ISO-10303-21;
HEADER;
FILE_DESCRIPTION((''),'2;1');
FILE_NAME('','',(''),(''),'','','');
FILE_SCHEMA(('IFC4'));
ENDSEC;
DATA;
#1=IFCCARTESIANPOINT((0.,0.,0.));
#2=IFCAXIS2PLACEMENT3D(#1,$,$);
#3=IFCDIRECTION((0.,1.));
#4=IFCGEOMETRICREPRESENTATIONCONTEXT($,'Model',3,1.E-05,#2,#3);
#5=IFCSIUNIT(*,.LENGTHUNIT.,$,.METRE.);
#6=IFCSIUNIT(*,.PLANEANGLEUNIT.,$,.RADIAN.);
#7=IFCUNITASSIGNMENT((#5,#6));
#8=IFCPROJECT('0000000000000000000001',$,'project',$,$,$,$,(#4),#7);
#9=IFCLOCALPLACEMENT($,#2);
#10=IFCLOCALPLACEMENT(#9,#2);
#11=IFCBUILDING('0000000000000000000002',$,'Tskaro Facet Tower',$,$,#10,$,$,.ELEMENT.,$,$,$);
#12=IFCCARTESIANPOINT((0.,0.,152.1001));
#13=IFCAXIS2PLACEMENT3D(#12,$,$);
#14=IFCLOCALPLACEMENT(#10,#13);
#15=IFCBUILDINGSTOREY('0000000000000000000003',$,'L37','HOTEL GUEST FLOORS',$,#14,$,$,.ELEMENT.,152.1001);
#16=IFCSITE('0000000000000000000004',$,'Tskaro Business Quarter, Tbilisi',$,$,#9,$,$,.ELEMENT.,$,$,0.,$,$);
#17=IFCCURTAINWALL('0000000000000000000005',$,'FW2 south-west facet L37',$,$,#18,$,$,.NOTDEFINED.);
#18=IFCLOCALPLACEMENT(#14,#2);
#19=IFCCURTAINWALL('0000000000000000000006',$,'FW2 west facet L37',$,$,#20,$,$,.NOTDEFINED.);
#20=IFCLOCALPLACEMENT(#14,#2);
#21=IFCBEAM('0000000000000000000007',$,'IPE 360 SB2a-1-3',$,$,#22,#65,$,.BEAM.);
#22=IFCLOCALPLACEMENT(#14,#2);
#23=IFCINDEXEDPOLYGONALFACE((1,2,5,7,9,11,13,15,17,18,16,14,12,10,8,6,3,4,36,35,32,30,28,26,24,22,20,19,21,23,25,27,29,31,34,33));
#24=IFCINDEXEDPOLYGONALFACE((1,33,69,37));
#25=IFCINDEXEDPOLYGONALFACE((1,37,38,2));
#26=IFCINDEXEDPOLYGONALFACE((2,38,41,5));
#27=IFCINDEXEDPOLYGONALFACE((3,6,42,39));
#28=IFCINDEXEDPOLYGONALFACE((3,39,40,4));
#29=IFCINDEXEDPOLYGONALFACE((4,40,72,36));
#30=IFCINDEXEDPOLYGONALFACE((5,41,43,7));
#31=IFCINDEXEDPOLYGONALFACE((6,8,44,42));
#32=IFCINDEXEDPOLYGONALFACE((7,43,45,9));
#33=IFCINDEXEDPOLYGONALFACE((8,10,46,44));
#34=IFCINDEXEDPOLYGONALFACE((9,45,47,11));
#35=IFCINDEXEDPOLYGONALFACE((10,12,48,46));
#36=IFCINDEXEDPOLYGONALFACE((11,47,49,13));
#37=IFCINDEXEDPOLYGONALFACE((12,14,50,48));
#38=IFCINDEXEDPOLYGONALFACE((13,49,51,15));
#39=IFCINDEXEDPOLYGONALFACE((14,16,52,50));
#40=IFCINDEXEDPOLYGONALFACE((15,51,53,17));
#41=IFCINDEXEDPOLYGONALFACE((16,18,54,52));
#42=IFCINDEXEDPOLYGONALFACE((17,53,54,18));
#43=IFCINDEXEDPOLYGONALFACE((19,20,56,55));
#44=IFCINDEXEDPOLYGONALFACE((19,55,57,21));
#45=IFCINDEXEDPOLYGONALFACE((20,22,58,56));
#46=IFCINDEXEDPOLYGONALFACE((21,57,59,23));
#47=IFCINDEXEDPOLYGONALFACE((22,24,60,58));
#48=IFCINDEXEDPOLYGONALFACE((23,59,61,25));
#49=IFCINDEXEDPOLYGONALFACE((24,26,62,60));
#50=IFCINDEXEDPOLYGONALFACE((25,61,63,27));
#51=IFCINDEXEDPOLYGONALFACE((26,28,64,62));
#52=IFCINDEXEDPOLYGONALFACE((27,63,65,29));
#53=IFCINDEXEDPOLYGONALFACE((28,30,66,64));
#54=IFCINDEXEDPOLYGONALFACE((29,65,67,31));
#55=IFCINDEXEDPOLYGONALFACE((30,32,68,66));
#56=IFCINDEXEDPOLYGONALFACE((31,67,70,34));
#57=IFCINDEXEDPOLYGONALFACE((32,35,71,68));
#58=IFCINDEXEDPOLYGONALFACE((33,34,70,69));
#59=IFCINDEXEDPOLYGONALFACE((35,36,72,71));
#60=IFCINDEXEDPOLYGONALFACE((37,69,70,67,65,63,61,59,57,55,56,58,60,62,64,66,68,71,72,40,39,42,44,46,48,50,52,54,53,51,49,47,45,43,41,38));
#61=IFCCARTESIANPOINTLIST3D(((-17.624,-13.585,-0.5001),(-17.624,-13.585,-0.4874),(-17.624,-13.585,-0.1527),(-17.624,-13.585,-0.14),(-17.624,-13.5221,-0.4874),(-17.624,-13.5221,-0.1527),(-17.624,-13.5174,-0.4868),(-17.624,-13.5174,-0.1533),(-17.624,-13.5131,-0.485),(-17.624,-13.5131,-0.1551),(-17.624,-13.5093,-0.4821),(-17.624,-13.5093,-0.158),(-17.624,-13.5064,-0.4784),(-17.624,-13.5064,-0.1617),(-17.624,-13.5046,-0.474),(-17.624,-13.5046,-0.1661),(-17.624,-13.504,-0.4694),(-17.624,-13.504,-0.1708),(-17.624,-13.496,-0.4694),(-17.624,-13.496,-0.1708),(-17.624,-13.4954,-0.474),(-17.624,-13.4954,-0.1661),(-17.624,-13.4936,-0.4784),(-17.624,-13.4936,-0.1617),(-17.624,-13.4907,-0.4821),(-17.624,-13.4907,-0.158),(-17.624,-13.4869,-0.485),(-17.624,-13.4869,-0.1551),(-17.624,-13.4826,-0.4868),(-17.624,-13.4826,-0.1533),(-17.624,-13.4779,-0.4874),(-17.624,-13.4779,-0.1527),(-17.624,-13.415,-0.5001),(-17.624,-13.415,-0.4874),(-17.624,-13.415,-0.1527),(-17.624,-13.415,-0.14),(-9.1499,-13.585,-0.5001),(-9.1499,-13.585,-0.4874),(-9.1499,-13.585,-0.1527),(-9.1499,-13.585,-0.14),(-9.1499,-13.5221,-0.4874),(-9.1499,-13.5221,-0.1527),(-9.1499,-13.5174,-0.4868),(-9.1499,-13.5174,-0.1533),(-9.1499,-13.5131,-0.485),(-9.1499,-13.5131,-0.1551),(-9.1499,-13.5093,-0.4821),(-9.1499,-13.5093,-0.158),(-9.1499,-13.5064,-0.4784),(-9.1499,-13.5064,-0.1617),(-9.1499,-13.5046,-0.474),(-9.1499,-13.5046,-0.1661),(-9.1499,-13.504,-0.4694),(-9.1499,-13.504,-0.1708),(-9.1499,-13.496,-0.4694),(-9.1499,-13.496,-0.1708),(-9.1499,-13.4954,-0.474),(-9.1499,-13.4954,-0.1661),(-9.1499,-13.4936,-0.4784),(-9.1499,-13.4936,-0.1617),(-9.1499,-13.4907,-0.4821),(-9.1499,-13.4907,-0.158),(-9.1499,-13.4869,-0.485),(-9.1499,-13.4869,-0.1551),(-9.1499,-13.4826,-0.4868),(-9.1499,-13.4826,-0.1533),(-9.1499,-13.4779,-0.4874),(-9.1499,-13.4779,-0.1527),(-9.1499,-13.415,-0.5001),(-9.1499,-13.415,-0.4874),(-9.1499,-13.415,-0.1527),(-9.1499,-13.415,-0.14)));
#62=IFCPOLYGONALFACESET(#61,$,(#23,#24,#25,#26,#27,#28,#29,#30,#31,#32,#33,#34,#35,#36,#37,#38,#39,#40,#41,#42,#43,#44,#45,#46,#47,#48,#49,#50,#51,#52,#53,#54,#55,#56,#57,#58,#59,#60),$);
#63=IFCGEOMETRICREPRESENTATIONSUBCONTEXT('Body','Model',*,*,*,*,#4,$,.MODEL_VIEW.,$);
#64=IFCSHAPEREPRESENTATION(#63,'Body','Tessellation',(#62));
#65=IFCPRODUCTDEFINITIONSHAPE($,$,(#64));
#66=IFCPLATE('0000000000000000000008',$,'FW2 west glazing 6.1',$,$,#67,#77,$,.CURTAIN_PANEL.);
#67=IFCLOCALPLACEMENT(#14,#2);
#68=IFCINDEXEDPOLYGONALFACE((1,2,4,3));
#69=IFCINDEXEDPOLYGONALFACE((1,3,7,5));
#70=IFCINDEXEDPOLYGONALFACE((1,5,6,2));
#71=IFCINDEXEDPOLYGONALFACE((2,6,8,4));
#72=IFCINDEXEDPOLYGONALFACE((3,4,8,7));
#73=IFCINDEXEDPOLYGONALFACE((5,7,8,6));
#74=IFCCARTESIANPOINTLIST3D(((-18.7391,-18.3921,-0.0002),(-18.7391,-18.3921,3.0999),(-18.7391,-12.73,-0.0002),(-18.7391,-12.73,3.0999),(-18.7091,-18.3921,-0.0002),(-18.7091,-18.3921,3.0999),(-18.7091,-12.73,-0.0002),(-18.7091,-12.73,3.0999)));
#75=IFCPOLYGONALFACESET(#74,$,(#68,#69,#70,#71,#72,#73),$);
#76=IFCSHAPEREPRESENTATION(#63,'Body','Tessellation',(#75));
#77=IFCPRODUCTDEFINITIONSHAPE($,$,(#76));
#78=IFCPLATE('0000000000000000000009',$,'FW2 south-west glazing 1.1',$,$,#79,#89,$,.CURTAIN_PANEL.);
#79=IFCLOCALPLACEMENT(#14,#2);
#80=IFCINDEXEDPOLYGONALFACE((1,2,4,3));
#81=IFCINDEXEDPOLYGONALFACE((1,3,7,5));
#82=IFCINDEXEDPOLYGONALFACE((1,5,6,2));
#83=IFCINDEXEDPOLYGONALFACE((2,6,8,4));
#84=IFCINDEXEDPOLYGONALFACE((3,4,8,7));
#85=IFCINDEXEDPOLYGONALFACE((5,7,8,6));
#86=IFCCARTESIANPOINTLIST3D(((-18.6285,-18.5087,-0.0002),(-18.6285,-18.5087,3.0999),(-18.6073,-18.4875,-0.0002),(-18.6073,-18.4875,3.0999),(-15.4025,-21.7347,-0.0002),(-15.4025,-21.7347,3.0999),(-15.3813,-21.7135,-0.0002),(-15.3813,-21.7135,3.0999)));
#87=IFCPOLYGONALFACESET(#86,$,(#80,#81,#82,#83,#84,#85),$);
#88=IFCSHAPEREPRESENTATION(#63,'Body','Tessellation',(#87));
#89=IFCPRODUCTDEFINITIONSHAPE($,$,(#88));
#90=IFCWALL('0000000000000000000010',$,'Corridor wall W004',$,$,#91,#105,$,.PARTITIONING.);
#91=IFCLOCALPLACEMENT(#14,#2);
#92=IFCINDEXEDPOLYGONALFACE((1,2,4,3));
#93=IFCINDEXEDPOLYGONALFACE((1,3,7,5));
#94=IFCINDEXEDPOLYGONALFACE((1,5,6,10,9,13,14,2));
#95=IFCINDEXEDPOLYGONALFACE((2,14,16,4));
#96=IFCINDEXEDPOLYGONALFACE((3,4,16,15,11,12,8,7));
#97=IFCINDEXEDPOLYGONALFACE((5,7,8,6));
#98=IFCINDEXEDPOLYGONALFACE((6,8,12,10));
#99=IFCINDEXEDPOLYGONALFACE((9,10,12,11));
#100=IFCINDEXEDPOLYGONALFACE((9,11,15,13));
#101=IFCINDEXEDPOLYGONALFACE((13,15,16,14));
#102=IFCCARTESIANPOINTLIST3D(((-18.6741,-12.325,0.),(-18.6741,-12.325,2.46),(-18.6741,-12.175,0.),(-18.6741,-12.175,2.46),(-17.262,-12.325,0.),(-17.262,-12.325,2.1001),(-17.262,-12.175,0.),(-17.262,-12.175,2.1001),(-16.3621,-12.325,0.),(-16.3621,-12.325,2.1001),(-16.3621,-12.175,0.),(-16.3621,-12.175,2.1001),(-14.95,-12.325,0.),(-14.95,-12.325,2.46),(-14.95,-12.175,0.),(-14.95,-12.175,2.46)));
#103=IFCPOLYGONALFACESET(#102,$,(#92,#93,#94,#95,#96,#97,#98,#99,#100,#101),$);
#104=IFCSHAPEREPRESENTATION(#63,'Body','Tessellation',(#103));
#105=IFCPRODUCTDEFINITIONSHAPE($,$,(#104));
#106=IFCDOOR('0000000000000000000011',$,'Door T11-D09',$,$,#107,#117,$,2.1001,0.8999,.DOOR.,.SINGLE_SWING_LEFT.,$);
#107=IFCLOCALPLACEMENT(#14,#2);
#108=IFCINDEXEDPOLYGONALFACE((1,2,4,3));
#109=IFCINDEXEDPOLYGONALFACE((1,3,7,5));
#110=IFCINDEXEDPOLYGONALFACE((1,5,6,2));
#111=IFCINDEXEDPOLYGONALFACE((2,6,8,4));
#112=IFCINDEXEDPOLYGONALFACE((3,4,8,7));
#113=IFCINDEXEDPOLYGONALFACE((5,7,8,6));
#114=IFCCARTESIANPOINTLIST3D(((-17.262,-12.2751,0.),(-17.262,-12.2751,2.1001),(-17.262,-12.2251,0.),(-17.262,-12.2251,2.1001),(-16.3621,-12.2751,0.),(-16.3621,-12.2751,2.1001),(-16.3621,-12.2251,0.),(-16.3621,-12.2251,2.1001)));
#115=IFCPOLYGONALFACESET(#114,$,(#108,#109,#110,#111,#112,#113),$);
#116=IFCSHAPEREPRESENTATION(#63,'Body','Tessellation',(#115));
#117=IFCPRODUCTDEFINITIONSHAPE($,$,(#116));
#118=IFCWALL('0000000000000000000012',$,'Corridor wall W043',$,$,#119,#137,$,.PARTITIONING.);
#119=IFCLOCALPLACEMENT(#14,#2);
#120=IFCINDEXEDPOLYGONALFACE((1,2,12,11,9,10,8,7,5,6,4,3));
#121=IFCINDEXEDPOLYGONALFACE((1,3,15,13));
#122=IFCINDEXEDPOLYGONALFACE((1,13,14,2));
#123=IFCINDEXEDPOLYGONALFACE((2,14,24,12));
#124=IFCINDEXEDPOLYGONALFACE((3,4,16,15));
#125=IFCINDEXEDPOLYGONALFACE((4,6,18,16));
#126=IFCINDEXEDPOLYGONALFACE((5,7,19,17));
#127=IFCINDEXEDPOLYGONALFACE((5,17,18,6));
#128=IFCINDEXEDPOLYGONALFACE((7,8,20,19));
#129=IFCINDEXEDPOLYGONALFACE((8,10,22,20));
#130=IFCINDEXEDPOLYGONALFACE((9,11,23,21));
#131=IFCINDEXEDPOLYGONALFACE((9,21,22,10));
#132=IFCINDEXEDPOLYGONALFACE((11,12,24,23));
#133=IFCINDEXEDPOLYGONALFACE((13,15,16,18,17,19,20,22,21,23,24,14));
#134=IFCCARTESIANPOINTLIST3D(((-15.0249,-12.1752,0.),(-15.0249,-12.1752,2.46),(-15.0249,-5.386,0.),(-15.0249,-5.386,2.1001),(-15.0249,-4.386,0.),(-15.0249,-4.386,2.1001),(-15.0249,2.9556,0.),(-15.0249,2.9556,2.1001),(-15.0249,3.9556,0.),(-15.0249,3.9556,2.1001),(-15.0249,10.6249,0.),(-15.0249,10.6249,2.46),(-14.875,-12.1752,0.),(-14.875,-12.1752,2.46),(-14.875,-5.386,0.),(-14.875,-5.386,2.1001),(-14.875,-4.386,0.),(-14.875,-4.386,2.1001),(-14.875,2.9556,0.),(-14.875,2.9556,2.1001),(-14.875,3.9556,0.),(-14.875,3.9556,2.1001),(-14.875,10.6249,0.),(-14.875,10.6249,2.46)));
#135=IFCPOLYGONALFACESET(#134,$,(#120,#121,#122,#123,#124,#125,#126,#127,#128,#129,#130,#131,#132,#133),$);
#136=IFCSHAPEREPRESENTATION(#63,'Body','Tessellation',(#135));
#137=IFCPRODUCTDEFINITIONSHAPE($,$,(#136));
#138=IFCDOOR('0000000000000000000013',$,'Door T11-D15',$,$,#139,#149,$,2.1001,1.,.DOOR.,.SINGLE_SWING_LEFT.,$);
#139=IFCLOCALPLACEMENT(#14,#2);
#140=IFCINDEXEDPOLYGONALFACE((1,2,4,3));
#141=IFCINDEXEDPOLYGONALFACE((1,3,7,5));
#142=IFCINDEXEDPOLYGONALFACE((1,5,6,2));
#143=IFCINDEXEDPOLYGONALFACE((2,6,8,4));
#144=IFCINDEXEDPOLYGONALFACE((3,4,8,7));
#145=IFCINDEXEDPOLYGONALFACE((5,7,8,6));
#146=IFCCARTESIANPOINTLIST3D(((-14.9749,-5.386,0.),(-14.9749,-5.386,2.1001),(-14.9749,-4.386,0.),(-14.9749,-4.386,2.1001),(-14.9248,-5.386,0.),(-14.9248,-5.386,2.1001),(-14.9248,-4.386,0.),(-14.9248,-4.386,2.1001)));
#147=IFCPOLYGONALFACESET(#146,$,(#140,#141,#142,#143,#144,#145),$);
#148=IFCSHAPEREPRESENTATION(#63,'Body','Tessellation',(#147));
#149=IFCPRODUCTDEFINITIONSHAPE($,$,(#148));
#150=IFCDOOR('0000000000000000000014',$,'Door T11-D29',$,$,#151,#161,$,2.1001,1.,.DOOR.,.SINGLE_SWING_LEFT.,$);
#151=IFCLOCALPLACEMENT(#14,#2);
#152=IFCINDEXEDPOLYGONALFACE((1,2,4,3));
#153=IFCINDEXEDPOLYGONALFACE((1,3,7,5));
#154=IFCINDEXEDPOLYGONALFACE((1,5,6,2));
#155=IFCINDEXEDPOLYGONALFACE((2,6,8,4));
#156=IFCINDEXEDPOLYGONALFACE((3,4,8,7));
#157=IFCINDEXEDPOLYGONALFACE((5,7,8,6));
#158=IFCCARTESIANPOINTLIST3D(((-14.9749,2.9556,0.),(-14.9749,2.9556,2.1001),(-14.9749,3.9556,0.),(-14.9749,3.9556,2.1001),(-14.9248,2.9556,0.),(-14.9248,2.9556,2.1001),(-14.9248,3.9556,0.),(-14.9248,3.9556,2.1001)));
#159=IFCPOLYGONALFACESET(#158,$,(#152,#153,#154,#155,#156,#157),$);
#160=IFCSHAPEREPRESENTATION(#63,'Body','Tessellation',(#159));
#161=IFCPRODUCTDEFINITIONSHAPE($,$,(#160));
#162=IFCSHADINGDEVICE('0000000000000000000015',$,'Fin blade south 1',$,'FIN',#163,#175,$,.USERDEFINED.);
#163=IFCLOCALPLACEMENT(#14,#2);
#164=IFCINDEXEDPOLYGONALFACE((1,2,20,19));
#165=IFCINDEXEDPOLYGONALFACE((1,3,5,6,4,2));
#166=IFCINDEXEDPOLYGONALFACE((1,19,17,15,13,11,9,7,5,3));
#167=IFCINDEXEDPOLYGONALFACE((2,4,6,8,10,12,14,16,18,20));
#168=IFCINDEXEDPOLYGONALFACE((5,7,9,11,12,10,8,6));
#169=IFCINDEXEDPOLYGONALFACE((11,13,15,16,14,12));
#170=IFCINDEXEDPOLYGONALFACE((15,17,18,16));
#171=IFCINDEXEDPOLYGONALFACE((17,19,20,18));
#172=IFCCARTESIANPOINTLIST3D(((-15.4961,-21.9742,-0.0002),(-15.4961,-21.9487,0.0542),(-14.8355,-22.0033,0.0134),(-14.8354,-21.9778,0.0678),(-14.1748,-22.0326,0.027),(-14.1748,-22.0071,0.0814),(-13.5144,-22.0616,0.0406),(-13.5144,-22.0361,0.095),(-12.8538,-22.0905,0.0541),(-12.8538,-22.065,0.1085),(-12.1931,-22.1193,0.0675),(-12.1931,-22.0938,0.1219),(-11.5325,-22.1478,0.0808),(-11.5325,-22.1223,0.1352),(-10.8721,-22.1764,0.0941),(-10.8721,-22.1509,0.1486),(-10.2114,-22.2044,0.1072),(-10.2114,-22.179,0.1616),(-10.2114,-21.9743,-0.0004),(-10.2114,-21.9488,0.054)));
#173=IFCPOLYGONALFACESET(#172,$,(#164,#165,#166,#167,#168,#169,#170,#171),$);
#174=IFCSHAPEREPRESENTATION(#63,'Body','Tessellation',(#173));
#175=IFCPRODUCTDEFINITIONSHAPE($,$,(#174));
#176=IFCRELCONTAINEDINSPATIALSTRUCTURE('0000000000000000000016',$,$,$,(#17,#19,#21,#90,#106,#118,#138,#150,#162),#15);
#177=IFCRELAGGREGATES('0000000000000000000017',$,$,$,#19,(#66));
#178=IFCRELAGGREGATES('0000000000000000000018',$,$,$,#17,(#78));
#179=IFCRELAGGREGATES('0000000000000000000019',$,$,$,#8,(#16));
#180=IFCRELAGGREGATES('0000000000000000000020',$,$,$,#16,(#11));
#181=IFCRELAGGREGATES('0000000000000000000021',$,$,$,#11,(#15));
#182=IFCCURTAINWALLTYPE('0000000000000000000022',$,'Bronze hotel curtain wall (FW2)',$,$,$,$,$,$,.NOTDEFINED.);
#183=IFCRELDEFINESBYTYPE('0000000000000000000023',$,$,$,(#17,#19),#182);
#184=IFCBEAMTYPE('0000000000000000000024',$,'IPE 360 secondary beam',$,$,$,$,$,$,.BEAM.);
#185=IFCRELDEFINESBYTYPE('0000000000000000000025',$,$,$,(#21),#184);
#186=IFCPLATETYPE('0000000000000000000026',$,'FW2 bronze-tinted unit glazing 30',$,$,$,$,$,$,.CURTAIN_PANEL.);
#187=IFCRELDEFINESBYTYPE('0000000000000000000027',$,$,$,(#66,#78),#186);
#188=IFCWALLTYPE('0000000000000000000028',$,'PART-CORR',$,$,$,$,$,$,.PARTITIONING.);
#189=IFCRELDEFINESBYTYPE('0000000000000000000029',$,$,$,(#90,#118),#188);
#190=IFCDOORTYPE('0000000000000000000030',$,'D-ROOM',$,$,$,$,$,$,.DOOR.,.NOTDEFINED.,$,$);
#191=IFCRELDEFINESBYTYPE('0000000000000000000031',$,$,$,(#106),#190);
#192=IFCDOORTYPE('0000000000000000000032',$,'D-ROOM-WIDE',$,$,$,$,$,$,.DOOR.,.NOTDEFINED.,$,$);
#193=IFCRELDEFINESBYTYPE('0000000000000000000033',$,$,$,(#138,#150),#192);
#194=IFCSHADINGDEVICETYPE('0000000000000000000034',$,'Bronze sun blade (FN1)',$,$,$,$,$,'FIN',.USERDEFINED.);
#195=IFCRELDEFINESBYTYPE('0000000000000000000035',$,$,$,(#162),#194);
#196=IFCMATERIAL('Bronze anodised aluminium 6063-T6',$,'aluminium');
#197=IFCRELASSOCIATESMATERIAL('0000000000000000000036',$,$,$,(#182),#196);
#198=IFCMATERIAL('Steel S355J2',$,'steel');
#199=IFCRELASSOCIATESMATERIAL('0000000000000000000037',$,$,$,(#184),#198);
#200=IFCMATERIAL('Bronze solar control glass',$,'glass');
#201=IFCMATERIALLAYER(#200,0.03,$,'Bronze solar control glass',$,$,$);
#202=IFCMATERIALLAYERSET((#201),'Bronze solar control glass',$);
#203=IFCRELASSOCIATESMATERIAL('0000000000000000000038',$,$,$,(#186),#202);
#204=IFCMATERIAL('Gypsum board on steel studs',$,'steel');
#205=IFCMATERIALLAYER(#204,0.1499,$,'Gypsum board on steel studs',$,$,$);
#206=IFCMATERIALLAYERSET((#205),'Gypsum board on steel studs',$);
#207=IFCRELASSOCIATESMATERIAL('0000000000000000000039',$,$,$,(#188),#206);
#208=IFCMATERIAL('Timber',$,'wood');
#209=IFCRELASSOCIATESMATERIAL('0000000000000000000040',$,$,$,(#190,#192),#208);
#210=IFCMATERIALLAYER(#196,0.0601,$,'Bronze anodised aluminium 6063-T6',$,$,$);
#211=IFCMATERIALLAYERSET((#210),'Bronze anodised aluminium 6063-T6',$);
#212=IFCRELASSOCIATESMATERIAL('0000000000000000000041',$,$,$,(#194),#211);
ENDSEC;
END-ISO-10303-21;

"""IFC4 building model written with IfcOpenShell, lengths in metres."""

from ifc_helpers import new_model, si_unit, direction, frame, frame_2d, origin, origin_2d, place, context, subcontext, project, spatial, polyline, rectangle, i_section, outline, extrude, material, layer, layer_set, material_profile, profile_set, type_object, element, fill, aggregate, save


model = new_model("IFC4")

# Units and contexts
model_context = context("Model", 3, precision=1e-05, world=origin(), true_north=direction((0.0, 1.0)))
body_context = subcontext(model_context, "Body", "Model", "MODEL_VIEW")
ifc_project = project(units=[si_unit("LENGTHUNIT", "METRE"), si_unit("PLANEANGLEUNIT", "RADIAN")], contexts=[model_context])

# Site, building, storey
site_placement = place(None, origin())
site = spatial("IfcSite", under=ifc_project, at=site_placement, Name="Tskaro Business Quarter, Tbilisi", CompositionType="ELEMENT", RefElevation=0.0)
building_placement = place(site_placement, origin())
building = spatial("IfcBuilding", under=site, at=building_placement, Name="Tskaro Facet Tower", CompositionType="ELEMENT")
storey_placement = place(building_placement, frame((0.0, 0.0, 152.1001)))
storey = spatial("IfcBuildingStorey", under=building, at=storey_placement, Name="L37", Description="HOTEL GUEST FLOORS", CompositionType="ELEMENT", Elevation=152.1001)

# Curtain walls
ifc_material_1 = material(Name="Bronze anodised aluminium 6063-T6", Category="aluminium")
curtain_wall_type = type_object("IfcCurtainWallType", Name="Bronze hotel curtain wall (FW2)", PredefinedType="NOTDEFINED", material=ifc_material_1)
curtain_wall_1_placement = place(storey_placement, origin())
curtain_wall_1 = element("IfcCurtainWall", 1, at=curtain_wall_1_placement, inside=storey, type_object=curtain_wall_type, Name="FW2 south-west facet L37", PredefinedType="NOTDEFINED")
curtain_wall_2_placement = place(storey_placement, origin())
curtain_wall_2 = element("IfcCurtainWall", 2, at=curtain_wall_2_placement, inside=storey, type_object=curtain_wall_type, Name="FW2 west facet L37", PredefinedType="NOTDEFINED")

# Beam
ifc_material_2 = material(Name="Steel S355J2", Category="steel")
ifc_material_profile_1 = material_profile(ifc_material_2, i_section(OverallWidth=0.1699, OverallDepth=0.3601, WebThickness=0.0081, FlangeThickness=0.0127, FilletRadius=0.0181, at=origin_2d()), Name="IPE 360")
ifc_profile_set_1 = profile_set([ifc_material_profile_1], Name="Steel S355J2")
beam_type_1 = type_object("IfcBeamType", Name="IPE 360 secondary beam", PredefinedType="BEAM", material=ifc_profile_set_1)
beam_1_placement = place(storey_placement, frame((-17.624, -13.5, -0.3201), z_axis=(1.0, 0.0, 0.0), x_axis=(0.0, 1.0, 0.0)))
element("IfcBeam", 3, at=beam_1_placement, inside=storey, type_object=beam_type_1, Name="IPE 360 SB2a-1-3", PredefinedType="BEAM", context=body_context, shape_type="SweptSolid", body=[
    extrude(i_section(OverallWidth=0.1699, OverallDepth=0.3601, WebThickness=0.0081, FlangeThickness=0.0127, FilletRadius=0.0181, at=origin_2d()), origin(), (0.0, 0.0, 1.0), 8.4741),
])

# Plates
ifc_material_3 = material(Name="Bronze solar control glass", Category="glass")
ifc_layer_1 = layer(ifc_material_3, 0.03, Name="Bronze solar control glass")
ifc_layer_set_1 = layer_set([ifc_layer_1], Name="Bronze solar control glass")
plate_type = type_object("IfcPlateType", Name="FW2 bronze-tinted unit glazing 30", PredefinedType="CURTAIN_PANEL", material=ifc_layer_set_1)
plate_1_placement = place(storey_placement, frame((-18.7241, -15.561, -0.0002), z_axis=(0.0, 0.0, 1.0), x_axis=(0.0, -1.0, 0.0)))
plate_1 = element("IfcPlate", 4, at=plate_1_placement, type_object=plate_type, Name="FW2 west glazing 6.1", PredefinedType="CURTAIN_PANEL", context=body_context, shape_type="SweptSolid", body=[
    extrude(rectangle(XDim=5.6621, YDim=0.03, at=origin_2d()), origin(), (0.0, 0.0, 1.0), 3.1001),
])
aggregate(curtain_wall_2, [plate_1])
plate_2_placement = place(storey_placement, frame((-17.0049, -20.1111, -0.0002), z_axis=(0.0, 0.0, 1.0), x_axis=(0.707107, -0.707107, 0.0)))
plate_2 = element("IfcPlate", 5, at=plate_2_placement, type_object=plate_type, Name="FW2 south-west glazing 1.1", PredefinedType="CURTAIN_PANEL", context=body_context, shape_type="SweptSolid", body=[
    extrude(rectangle(XDim=4.5623, YDim=0.03, at=origin_2d()), origin(), (0.0, 0.0, 1.0), 3.1001),
])
aggregate(curtain_wall_1, [plate_2])

# Wall, opening, door
ifc_material_4 = material(Name="Gypsum board on steel studs", Category="steel")
ifc_layer_2 = layer(ifc_material_4, 0.1499, Name="Gypsum board on steel studs")
ifc_layer_set_2 = layer_set([ifc_layer_2], Name="Gypsum board on steel studs")
wall_type = type_object("IfcWallType", Name="PART-CORR", PredefinedType="PARTITIONING", material=ifc_layer_set_2)
wall_1_placement = place(storey_placement, frame((-18.6741, -12.25, 0.0), z_axis=(0.0, 0.0, 1.0), x_axis=(1.0, 0.0, 0.0)))
wall_1 = element("IfcWall", 6, at=wall_1_placement, inside=storey, type_object=wall_type, Name="Corridor wall W004", PredefinedType="PARTITIONING", context=body_context, shape_type="SweptSolid", body=[
    extrude(rectangle(XDim=3.7241, YDim=0.1499, at=frame_2d((1.8621, 0.0))), origin(), (0.0, 0.0, 1.0), 2.46),
])
opening_1_placement = place(wall_1_placement, frame((1.4121, 0.0, 0.0)))
opening_1 = element("IfcOpeningElement", 7, at=opening_1_placement, cuts=wall_1, PredefinedType="OPENING", context=body_context, shape_type="SweptSolid", body=[
    extrude(rectangle(XDim=0.8999, YDim=2.1001, at=frame_2d((0.45, 1.05))), frame((0.0, 0.085, 0.0), z_axis=(0.0, -1.0, 0.0), x_axis=(1.0, 0.0, 0.0)), (0.0, 0.0, 1.0), 0.1699),
])
ifc_material_5 = material(Name="Timber", Category="wood")
door_type_1 = type_object("IfcDoorType", Name="D-ROOM", OperationType="NOTDEFINED", PredefinedType="DOOR", material=ifc_material_5)
door_1_placement = place(opening_1_placement, origin())
door_1 = element("IfcDoor", 8, at=door_1_placement, inside=storey, type_object=door_type_1, Name="Door T11-D09", OperationType="SINGLE_SWING_LEFT", OverallHeight=2.1001, OverallWidth=0.8999, PredefinedType="DOOR", context=body_context, shape_type="SweptSolid", body=[
    extrude(rectangle(XDim=0.8999, YDim=2.1001, at=frame_2d((0.45, 1.05))), frame((0.0, 0.0249, 0.0), z_axis=(0.0, -1.0, 0.0), x_axis=(1.0, 0.0, 0.0)), (0.0, 0.0, 1.0), 0.05),
])
fill(opening_1, door_1)

# Wall, openings, doors
wall_2_placement = place(storey_placement, frame((-14.95, -12.175, 0.0), z_axis=(0.0, 0.0, 1.0), x_axis=(0.0, 1.0, 0.0)))
wall_2 = element("IfcWall", 9, at=wall_2_placement, inside=storey, type_object=wall_type, Name="Corridor wall W043", PredefinedType="PARTITIONING", context=body_context, shape_type="SweptSolid", body=[
    extrude(rectangle(XDim=22.8, YDim=0.1499, at=frame_2d((11.3999, 0.0))), origin(), (0.0, 0.0, 1.0), 2.46),
])
opening_2_placement = place(wall_2_placement, frame((6.7891, 0.0, 0.0)))
opening_2 = element("IfcOpeningElement", 10, at=opening_2_placement, cuts=wall_2, PredefinedType="OPENING", context=body_context, shape_type="SweptSolid", body=[
    extrude(rectangle(XDim=1.0, YDim=2.1001, at=frame_2d((0.5, 1.05))), frame((0.0, 0.085, 0.0), z_axis=(0.0, -1.0, 0.0), x_axis=(1.0, 0.0, 0.0)), (0.0, 0.0, 1.0), 0.1699),
])
opening_3_placement = place(wall_2_placement, frame((15.1306, 0.0, 0.0)))
opening_3 = element("IfcOpeningElement", 11, at=opening_3_placement, cuts=wall_2, PredefinedType="OPENING", context=body_context, shape_type="SweptSolid", body=[
    extrude(rectangle(XDim=1.0, YDim=2.1001, at=frame_2d((0.5, 1.05))), frame((0.0, 0.085, 0.0), z_axis=(0.0, -1.0, 0.0), x_axis=(1.0, 0.0, 0.0)), (0.0, 0.0, 1.0), 0.1699),
])
door_type_2 = type_object("IfcDoorType", Name="D-ROOM-WIDE", OperationType="NOTDEFINED", PredefinedType="DOOR", material=ifc_material_5)
door_2_placement = place(opening_2_placement, origin())
door_2 = element("IfcDoor", 12, at=door_2_placement, inside=storey, type_object=door_type_2, Name="Door T11-D15", OperationType="SINGLE_SWING_LEFT", OverallHeight=2.1001, OverallWidth=1.0, PredefinedType="DOOR", context=body_context, shape_type="SweptSolid", body=[
    extrude(rectangle(XDim=1.0, YDim=2.1001, at=frame_2d((0.5, 1.05))), frame((0.0, 0.0249, 0.0), z_axis=(0.0, -1.0, 0.0), x_axis=(1.0, 0.0, 0.0)), (0.0, 0.0, 1.0), 0.05),
])
fill(opening_2, door_2)
door_3_placement = place(opening_3_placement, origin())
door_3 = element("IfcDoor", 13, at=door_3_placement, inside=storey, type_object=door_type_2, Name="Door T11-D29", OperationType="SINGLE_SWING_LEFT", OverallHeight=2.1001, OverallWidth=1.0, PredefinedType="DOOR", context=body_context, shape_type="SweptSolid", body=[
    extrude(rectangle(XDim=1.0, YDim=2.1001, at=frame_2d((0.5, 1.05))), frame((0.0, 0.0249, 0.0), z_axis=(0.0, -1.0, 0.0), x_axis=(1.0, 0.0, 0.0)), (0.0, 0.0, 1.0), 0.05),
])
fill(opening_3, door_3)

# Shading device
ifc_layer_3 = layer(ifc_material_1, 0.0601, Name="Bronze anodised aluminium 6063-T6")
ifc_layer_set_3 = layer_set([ifc_layer_3], Name="Bronze anodised aluminium 6063-T6")
shading_device_type = type_object("IfcShadingDeviceType", Name="Bronze sun blade (FN1)", ElementType="FIN", PredefinedType="USERDEFINED", material=ifc_layer_set_3)
shading_device_1_placement = place(storey_placement, frame((-15.4961, -21.9487, 0.0542), z_axis=(0.000037, 0.423532, 0.905881), x_axis=(1.0, -0.000016, -0.000034)))
element("IfcShadingDevice", 14, at=shading_device_1_placement, inside=storey, type_object=shading_device_type, Name="Fin blade south 1", ObjectType="FIN", PredefinedType="USERDEFINED", context=body_context, shape_type="SweptSolid", body=[
    extrude(outline(polyline([(0.0, 0.0), (5.2847, 0.0), (5.2847, -0.2541), (4.624, -0.2231), (3.9636, -0.1916), (3.303, -0.1601), (2.6423, -0.1283), (1.9817, -0.0964), (1.3213, -0.0644), (0.6606, -0.0321), (0.0, 0.0)])), origin(), (0.0, 0.0, -1.0), 0.0601),
])

save(model, "model.ifc")
